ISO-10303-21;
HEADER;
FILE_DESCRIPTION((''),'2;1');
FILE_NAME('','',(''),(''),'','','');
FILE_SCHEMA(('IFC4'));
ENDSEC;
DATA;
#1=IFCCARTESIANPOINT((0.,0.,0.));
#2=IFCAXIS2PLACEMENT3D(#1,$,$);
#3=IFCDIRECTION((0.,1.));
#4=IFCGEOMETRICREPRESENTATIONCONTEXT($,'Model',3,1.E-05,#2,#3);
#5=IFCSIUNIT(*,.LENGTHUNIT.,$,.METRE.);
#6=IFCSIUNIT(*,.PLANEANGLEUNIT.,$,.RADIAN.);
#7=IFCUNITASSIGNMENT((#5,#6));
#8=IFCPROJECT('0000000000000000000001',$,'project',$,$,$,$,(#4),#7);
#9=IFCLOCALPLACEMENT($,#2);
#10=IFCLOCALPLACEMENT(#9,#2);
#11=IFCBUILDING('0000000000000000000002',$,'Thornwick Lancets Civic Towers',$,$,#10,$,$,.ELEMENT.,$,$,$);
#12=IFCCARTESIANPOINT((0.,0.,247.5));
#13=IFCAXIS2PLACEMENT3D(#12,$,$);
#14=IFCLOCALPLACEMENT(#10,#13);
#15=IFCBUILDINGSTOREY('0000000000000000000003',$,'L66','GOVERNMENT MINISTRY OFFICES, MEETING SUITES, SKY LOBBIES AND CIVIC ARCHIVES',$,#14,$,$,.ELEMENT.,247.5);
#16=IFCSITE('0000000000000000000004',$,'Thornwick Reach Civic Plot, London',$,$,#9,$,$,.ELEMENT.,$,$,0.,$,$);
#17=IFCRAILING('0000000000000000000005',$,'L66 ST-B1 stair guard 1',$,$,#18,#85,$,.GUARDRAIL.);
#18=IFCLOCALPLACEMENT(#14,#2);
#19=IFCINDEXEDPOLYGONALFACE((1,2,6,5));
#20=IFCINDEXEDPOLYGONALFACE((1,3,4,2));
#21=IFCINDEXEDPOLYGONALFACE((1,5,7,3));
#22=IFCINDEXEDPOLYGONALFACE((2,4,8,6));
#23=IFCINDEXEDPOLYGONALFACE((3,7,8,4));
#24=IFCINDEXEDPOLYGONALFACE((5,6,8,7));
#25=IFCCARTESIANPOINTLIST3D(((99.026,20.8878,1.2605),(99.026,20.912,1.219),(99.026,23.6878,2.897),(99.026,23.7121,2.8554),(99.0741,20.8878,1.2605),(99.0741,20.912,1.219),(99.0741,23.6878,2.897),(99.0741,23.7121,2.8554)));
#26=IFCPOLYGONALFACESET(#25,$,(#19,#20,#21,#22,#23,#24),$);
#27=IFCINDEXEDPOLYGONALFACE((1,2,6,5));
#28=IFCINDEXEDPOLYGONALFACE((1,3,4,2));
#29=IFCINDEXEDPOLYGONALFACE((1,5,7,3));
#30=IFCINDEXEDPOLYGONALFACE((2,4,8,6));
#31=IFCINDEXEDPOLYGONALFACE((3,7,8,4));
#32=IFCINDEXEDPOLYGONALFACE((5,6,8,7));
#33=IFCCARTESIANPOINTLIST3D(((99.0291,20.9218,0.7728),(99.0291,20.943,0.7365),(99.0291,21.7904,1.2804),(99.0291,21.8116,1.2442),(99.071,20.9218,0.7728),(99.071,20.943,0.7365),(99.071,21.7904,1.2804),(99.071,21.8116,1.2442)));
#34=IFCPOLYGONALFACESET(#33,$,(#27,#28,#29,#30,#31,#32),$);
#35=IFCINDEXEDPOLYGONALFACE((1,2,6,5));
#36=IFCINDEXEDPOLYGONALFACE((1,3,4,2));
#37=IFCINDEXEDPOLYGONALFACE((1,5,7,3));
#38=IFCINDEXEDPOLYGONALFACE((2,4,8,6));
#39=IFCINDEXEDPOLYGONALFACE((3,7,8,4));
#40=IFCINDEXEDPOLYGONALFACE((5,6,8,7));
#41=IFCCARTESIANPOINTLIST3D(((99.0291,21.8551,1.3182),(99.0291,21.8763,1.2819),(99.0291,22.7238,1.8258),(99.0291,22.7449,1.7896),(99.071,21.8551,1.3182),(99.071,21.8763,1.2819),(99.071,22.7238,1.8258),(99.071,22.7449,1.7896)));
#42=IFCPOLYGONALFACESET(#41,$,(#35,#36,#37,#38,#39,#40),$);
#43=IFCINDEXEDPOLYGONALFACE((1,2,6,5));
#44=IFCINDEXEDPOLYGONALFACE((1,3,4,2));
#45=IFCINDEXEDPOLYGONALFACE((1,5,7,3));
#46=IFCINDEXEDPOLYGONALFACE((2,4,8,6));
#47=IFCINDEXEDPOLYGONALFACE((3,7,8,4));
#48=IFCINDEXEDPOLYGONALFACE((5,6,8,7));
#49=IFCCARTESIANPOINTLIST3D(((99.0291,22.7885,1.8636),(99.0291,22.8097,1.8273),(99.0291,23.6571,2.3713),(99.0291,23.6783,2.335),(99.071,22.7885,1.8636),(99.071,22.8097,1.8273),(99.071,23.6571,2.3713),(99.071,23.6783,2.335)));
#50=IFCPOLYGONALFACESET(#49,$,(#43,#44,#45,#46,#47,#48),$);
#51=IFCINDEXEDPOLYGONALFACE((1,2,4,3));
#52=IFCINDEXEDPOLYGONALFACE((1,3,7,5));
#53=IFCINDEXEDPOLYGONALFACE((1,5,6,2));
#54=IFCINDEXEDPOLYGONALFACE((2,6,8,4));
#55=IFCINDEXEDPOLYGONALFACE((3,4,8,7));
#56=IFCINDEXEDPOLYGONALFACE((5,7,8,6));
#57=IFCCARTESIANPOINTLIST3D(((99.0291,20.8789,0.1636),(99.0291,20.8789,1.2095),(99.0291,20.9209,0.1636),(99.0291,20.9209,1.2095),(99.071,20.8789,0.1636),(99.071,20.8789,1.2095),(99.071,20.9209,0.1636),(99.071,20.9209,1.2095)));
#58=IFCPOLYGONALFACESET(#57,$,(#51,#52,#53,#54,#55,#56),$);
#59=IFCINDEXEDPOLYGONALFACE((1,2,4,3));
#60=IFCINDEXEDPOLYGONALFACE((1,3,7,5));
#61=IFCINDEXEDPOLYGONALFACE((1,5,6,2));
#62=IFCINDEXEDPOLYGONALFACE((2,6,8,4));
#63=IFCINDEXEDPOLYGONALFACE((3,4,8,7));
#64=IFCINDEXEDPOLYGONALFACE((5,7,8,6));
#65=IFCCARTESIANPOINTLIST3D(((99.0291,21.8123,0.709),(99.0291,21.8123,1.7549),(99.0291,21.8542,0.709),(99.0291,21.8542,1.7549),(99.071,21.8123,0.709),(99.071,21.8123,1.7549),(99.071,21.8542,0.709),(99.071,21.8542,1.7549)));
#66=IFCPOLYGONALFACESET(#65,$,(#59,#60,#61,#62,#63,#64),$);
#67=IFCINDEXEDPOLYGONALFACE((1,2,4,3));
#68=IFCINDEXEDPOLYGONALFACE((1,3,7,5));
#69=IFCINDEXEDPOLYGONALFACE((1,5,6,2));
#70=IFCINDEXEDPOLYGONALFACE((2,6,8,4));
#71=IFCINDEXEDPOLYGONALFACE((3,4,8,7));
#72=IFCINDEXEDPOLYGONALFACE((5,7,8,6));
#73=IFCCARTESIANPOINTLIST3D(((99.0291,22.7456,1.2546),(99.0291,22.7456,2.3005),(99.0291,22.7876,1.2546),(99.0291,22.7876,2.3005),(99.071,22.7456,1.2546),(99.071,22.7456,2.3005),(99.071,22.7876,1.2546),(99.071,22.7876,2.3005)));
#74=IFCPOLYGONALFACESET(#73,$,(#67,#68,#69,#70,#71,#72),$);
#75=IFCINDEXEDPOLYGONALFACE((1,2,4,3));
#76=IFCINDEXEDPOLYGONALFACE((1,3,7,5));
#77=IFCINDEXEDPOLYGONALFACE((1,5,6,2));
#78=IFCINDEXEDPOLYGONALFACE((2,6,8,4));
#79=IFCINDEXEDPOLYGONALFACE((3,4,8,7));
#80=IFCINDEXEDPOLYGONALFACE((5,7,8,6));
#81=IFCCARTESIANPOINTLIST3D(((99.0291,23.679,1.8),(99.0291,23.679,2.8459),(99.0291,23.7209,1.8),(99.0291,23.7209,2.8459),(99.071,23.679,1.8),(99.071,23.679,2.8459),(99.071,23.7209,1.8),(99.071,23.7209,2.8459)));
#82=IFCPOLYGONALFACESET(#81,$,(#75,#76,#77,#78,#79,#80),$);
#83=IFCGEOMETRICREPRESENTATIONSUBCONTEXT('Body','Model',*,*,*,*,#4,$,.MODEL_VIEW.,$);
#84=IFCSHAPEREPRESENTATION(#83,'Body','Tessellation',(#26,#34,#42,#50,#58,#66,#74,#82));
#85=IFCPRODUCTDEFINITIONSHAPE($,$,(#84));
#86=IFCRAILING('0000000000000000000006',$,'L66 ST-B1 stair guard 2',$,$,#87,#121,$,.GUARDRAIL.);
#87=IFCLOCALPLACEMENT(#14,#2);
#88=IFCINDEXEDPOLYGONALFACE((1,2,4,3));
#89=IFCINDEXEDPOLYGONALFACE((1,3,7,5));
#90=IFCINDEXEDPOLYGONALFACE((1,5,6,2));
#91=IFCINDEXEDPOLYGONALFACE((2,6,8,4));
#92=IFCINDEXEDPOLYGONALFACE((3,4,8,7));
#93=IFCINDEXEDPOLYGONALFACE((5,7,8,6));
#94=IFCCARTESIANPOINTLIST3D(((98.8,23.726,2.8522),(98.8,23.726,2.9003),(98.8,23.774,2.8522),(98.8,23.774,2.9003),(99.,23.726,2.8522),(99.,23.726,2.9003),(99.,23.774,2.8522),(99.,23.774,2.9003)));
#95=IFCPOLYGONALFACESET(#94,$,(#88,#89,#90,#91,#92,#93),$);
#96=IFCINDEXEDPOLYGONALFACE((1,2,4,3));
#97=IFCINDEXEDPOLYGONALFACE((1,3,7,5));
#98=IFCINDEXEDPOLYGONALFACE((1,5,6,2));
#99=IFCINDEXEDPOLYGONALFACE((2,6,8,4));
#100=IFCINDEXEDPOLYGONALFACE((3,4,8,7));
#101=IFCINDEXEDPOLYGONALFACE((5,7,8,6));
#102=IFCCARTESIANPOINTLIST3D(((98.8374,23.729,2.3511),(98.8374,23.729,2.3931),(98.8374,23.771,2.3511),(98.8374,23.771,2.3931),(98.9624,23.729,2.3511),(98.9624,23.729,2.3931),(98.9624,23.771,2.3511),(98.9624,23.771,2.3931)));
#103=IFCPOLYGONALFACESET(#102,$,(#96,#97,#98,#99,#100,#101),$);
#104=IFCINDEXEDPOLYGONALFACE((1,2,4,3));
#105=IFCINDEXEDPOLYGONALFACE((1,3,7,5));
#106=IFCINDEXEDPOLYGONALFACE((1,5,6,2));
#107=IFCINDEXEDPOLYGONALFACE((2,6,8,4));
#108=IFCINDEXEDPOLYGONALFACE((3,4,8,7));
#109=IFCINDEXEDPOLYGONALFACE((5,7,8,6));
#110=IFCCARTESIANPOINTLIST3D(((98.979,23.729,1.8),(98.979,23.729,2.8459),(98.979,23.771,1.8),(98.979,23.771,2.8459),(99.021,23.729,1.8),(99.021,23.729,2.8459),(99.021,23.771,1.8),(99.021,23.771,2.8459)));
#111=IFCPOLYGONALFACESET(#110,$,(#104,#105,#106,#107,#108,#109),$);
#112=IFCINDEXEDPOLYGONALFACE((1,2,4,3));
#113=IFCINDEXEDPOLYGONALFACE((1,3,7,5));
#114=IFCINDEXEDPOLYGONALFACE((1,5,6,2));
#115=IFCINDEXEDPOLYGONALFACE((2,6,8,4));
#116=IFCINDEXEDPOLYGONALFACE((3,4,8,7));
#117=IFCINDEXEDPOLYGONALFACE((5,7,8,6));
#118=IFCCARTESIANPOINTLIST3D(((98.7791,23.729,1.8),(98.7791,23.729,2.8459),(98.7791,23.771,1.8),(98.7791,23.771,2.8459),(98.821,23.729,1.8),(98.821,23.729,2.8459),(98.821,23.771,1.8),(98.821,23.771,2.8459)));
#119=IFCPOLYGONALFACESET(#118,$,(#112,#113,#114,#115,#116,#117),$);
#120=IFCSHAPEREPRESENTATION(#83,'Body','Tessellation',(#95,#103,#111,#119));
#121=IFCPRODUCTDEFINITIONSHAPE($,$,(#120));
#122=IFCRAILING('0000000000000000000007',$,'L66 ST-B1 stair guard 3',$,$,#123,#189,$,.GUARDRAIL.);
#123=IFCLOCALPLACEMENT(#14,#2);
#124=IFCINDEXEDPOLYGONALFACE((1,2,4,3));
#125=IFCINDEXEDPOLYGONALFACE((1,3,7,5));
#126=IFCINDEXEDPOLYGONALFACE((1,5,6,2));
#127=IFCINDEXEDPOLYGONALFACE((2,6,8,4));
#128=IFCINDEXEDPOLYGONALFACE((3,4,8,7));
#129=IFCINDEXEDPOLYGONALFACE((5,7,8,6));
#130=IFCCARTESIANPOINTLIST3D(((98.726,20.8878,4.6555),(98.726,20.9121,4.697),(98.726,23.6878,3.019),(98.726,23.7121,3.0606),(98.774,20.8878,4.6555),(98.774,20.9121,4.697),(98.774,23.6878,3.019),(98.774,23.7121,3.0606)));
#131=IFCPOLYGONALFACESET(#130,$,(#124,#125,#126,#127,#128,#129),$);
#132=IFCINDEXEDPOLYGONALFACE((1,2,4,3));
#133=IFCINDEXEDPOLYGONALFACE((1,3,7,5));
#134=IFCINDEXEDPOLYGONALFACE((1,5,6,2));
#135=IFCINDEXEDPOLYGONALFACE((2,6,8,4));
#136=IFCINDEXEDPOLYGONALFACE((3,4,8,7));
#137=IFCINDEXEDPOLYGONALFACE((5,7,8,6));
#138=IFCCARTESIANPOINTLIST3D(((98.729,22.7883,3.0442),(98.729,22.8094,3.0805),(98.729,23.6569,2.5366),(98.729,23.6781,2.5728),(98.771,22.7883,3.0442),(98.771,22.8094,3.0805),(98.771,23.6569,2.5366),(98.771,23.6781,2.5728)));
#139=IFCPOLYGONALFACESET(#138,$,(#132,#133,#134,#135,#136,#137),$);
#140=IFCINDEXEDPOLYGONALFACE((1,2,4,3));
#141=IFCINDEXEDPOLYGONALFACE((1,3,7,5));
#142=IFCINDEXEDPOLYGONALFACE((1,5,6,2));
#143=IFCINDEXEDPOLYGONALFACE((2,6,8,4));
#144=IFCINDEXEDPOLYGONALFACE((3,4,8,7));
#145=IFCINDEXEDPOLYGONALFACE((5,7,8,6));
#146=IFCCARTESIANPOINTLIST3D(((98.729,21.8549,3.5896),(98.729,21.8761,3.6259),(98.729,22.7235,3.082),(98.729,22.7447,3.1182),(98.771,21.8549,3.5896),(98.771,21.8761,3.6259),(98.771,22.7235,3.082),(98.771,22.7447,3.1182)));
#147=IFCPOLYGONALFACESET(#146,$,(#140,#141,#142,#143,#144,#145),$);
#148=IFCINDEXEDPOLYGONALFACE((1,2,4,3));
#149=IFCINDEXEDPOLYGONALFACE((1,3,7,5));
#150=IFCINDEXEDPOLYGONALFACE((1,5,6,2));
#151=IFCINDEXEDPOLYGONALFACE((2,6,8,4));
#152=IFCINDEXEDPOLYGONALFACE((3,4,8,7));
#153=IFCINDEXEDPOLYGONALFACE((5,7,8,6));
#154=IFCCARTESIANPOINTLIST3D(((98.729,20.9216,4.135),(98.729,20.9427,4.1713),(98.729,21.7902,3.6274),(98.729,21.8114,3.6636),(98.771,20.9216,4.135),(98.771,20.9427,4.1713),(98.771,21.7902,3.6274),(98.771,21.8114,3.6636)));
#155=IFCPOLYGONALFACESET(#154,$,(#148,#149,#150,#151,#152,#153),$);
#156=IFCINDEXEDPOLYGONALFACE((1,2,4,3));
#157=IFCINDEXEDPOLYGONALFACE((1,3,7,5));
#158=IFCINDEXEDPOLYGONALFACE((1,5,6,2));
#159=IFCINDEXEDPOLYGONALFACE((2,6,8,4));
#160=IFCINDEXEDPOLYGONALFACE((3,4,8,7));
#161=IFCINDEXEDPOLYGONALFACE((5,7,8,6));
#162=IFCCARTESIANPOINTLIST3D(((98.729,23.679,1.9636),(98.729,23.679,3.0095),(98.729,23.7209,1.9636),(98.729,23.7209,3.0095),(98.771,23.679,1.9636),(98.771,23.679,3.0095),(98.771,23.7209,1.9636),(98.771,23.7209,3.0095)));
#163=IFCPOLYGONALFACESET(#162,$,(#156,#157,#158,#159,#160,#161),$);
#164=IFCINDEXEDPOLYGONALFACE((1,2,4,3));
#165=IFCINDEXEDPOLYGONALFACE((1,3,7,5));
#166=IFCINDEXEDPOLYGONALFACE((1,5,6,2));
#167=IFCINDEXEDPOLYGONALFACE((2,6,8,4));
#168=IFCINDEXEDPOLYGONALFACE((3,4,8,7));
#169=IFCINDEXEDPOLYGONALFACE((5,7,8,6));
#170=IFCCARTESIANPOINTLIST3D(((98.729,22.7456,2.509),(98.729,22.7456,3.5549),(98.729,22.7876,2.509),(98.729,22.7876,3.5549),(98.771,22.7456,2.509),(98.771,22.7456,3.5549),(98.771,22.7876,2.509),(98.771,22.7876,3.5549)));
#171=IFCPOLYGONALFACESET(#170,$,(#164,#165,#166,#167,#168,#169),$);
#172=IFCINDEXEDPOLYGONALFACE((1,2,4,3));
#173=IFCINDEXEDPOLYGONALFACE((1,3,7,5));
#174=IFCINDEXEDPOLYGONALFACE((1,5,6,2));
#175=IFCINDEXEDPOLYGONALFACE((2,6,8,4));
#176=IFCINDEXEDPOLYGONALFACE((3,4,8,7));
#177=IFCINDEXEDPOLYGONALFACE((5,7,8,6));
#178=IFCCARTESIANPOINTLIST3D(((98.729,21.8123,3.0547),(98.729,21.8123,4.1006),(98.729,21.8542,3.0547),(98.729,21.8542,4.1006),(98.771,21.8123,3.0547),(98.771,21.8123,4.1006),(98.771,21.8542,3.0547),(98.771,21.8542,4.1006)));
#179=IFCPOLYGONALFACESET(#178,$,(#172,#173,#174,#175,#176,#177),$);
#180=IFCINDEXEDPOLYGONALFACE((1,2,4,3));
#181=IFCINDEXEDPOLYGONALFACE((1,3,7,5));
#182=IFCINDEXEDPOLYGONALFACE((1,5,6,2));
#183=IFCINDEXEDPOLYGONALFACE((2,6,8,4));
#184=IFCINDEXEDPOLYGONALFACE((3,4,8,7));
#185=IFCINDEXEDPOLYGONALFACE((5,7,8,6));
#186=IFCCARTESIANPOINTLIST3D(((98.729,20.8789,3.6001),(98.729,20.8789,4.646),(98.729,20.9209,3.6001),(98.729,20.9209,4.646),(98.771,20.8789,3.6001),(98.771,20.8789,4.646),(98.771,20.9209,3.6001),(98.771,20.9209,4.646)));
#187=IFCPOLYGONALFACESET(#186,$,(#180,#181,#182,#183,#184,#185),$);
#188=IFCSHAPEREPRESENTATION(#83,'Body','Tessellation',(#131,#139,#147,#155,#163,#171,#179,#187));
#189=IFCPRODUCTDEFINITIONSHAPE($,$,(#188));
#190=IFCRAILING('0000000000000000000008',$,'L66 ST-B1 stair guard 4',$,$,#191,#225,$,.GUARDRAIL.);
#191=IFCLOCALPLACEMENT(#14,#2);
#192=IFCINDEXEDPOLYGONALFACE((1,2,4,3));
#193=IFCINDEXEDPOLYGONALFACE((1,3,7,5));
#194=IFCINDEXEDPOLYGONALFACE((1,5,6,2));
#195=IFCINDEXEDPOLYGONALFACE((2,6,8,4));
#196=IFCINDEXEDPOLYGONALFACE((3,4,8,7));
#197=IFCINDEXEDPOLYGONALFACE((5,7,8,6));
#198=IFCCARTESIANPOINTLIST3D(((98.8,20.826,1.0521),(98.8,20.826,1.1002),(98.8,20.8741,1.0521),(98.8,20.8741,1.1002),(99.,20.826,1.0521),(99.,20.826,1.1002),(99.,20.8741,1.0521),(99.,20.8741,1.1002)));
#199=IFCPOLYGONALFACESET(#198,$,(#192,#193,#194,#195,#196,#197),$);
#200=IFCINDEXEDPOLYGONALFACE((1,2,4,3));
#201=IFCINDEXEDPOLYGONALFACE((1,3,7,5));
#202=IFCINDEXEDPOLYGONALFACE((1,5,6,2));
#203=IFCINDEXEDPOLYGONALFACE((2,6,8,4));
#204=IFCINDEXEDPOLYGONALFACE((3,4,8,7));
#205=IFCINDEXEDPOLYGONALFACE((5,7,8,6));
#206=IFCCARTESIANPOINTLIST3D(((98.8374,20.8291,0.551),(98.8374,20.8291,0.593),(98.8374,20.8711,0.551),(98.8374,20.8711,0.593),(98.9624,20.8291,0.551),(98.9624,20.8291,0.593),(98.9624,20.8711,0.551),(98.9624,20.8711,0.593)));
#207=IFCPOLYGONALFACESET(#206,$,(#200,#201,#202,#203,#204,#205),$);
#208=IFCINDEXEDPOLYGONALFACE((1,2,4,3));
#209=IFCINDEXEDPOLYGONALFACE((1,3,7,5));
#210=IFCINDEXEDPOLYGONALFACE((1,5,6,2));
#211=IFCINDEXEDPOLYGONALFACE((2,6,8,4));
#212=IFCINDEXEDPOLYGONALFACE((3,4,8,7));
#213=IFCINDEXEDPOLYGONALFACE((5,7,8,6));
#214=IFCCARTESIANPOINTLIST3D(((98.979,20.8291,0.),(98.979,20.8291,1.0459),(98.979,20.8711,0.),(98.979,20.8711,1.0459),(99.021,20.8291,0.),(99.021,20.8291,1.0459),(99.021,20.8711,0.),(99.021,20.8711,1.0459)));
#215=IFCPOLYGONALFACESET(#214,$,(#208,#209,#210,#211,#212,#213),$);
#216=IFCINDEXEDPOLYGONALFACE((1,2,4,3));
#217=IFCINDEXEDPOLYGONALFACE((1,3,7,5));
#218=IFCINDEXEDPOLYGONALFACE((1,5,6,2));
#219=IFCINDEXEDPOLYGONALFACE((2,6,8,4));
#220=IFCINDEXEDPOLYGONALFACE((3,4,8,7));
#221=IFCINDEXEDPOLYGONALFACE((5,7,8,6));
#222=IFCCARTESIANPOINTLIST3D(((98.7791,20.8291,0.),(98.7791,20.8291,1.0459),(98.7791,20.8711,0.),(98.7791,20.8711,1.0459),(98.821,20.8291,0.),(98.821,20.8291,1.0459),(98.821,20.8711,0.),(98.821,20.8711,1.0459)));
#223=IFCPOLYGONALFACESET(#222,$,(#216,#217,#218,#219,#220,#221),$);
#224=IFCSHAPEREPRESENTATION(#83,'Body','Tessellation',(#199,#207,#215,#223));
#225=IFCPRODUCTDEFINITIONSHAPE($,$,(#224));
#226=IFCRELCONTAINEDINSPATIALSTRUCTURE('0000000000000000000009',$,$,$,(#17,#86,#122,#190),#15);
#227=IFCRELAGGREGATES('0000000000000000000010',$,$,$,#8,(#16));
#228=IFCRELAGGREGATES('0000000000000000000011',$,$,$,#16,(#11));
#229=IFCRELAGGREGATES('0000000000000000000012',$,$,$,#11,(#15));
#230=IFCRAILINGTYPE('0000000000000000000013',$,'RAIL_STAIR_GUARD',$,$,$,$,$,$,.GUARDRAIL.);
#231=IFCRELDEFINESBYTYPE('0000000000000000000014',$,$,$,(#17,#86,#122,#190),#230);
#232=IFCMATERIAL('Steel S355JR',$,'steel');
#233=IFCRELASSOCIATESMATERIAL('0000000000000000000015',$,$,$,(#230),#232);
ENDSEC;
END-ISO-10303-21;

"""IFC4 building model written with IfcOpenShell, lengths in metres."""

from ifc_helpers import new_model, si_unit, direction, frame, origin, origin_2d, place, context, subcontext, project, spatial, rectangle, extrude, material, type_object, element, save


model = new_model("IFC4")

# Units and contexts
model_context = context("Model", 3, precision=1e-05, world=origin(), true_north=direction((0.0, 1.0)))
body_context = subcontext(model_context, "Body", "Model", "MODEL_VIEW")
ifc_project = project(units=[si_unit("LENGTHUNIT", "METRE"), si_unit("PLANEANGLEUNIT", "RADIAN")], contexts=[model_context])

# Site, building, storey
site_placement = place(None, origin())
site = spatial("IfcSite", under=ifc_project, at=site_placement, Name="Thornwick Reach Civic Plot, London", CompositionType="ELEMENT", RefElevation=0.0)
building_placement = place(site_placement, origin())
building = spatial("IfcBuilding", under=site, at=building_placement, Name="Thornwick Lancets Civic Towers", CompositionType="ELEMENT")
storey_placement = place(building_placement, frame((0.0, 0.0, 247.5)))
storey = spatial("IfcBuildingStorey", under=building, at=storey_placement, Name="L66", Description="GOVERNMENT MINISTRY OFFICES, MEETING SUITES, SKY LOBBIES AND CIVIC ARCHIVES", CompositionType="ELEMENT", Elevation=247.5)

# Railings
ifc_material_1 = material(Name="Steel S355JR", Category="steel")
railing_type_1 = type_object("IfcRailingType", Name="RAIL_STAIR_GUARD", PredefinedType="GUARDRAIL", material=ifc_material_1)
railing_1_placement = place(storey_placement, frame((99.05, 20.8999, 0.1636)))
element("IfcRailing", 1, at=railing_1_placement, inside=storey, type_object=railing_type_1, Name="L66 ST-B1 stair guard 1", PredefinedType="GUARDRAIL", context=body_context, shape_type="SweptSolid", body=[
    extrude(rectangle(XDim=0.0481, YDim=0.0481, at=origin_2d()), frame((0.0, 0.0, 1.0762), z_axis=(0.0, 0.863361, 0.504587), x_axis=(-1.0, 0.0, 0.0)), (0.0, 0.0, 1.0), 3.2432),
    extrude(rectangle(XDim=0.042, YDim=0.042, at=origin_2d()), frame((0.0, 0.0325, 0.5911), z_axis=(0.0, 0.863361, 0.504587), x_axis=(-1.0, 0.0, 0.0)), (0.0, 0.0, 1.0), 1.0061),
    extrude(rectangle(XDim=0.042, YDim=0.042, at=origin_2d()), frame((0.0, 0.9658, 1.1365), z_axis=(0.0, 0.863361, 0.504587), x_axis=(-1.0, 0.0, 0.0)), (0.0, 0.0, 1.0), 1.0061),
    extrude(rectangle(XDim=0.042, YDim=0.042, at=origin_2d()), frame((0.0, 1.8992, 1.6819), z_axis=(0.0, 0.863361, 0.504587), x_axis=(-1.0, 0.0, 0.0)), (0.0, 0.0, 1.0), 1.0061),
    extrude(rectangle(XDim=0.042, YDim=0.042, at=origin_2d()), origin(), (0.0, 0.0, 1.0), 1.0459),
    extrude(rectangle(XDim=0.042, YDim=0.042, at=origin_2d()), frame((0.0, 0.9333, 0.5454)), (0.0, 0.0, 1.0), 1.0459),
    extrude(rectangle(XDim=0.042, YDim=0.042, at=origin_2d()), frame((0.0, 1.8667, 1.0911)), (0.0, 0.0, 1.0), 1.0459),
    extrude(rectangle(XDim=0.042, YDim=0.042, at=origin_2d()), frame((0.0, 2.8, 1.6365)), (0.0, 0.0, 1.0), 1.0459),
])
railing_2_placement = place(storey_placement, frame((99.0, 23.75, 1.8)))
element("IfcRailing", 2, at=railing_2_placement, inside=storey, type_object=railing_type_1, Name="L66 ST-B1 stair guard 2", PredefinedType="GUARDRAIL", context=body_context, shape_type="SweptSolid", body=[
    extrude(rectangle(XDim=0.0481, YDim=0.0481, at=origin_2d()), frame((0.0, 0.0, 1.0762), z_axis=(-1.0, 0.0, 0.0), x_axis=(0.0, -1.0, 0.0)), (0.0, 0.0, 1.0), 0.2),
    extrude(rectangle(XDim=0.042, YDim=0.042, at=origin_2d()), frame((-0.0376, 0.0, 0.572), z_axis=(-1.0, 0.0, 0.0), x_axis=(0.0, -1.0, 0.0)), (0.0, 0.0, 1.0), 0.125),
    extrude(rectangle(XDim=0.042, YDim=0.042, at=origin_2d()), origin(), (0.0, 0.0, 1.0), 1.0459),
    extrude(rectangle(XDim=0.042, YDim=0.042, at=origin_2d()), frame((-0.2, 0.0, 0.0)), (0.0, 0.0, 1.0), 1.0459),
])
railing_3_placement = place(storey_placement, frame((98.75, 23.7, 1.9636)))
element("IfcRailing", 3, at=railing_3_placement, inside=storey, type_object=railing_type_1, Name="L66 ST-B1 stair guard 3", PredefinedType="GUARDRAIL", context=body_context, shape_type="SweptSolid", body=[
    extrude(rectangle(XDim=0.0481, YDim=0.0481, at=origin_2d()), frame((0.0, 0.0, 1.0762), z_axis=(0.0, -0.863361, 0.504587), x_axis=(1.0, 0.0, 0.0)), (0.0, 0.0, 1.0), 3.2432),
    extrude(rectangle(XDim=0.042, YDim=0.042, at=origin_2d()), frame((0.0, -0.0325, 0.5911), z_axis=(0.0, -0.863361, 0.504587), x_axis=(1.0, 0.0, 0.0)), (0.0, 0.0, 1.0), 1.0061),
    extrude(rectangle(XDim=0.042, YDim=0.042, at=origin_2d()), frame((0.0, -0.9658, 1.1365), z_axis=(0.0, -0.863361, 0.504587), x_axis=(1.0, 0.0, 0.0)), (0.0, 0.0, 1.0), 1.0061),
    extrude(rectangle(XDim=0.042, YDim=0.042, at=origin_2d()), frame((0.0, -1.8992, 1.6819), z_axis=(0.0, -0.863361, 0.504587), x_axis=(1.0, 0.0, 0.0)), (0.0, 0.0, 1.0), 1.0061),
    extrude(rectangle(XDim=0.042, YDim=0.042, at=origin_2d()), origin(), (0.0, 0.0, 1.0), 1.0459),
    extrude(rectangle(XDim=0.042, YDim=0.042, at=origin_2d()), frame((0.0, -0.9333, 0.5454)), (0.0, 0.0, 1.0), 1.0459),
    extrude(rectangle(XDim=0.042, YDim=0.042, at=origin_2d()), frame((0.0, -1.8667, 1.0911)), (0.0, 0.0, 1.0), 1.0459),
    extrude(rectangle(XDim=0.042, YDim=0.042, at=origin_2d()), frame((0.0, -2.8, 1.6365)), (0.0, 0.0, 1.0), 1.0459),
])
railing_4_placement = place(storey_placement, frame((99.0, 20.8501, 0.0)))
element("IfcRailing", 4, at=railing_4_placement, inside=storey, type_object=railing_type_1, Name="L66 ST-B1 stair guard 4", PredefinedType="GUARDRAIL", context=body_context, shape_type="SweptSolid", body=[
    extrude(rectangle(XDim=0.0481, YDim=0.0481, at=origin_2d()), frame((0.0, 0.0, 1.0762), z_axis=(-1.0, 0.0, 0.0), x_axis=(0.0, -1.0, 0.0)), (0.0, 0.0, 1.0), 0.2),
    extrude(rectangle(XDim=0.042, YDim=0.042, at=origin_2d()), frame((-0.0376, 0.0, 0.572), z_axis=(-1.0, 0.0, 0.0), x_axis=(0.0, -1.0, 0.0)), (0.0, 0.0, 1.0), 0.125),
    extrude(rectangle(XDim=0.042, YDim=0.042, at=origin_2d()), origin(), (0.0, 0.0, 1.0), 1.0459),
    extrude(rectangle(XDim=0.042, YDim=0.042, at=origin_2d()), frame((-0.2, 0.0, 0.0)), (0.0, 0.0, 1.0), 1.0459),
])

save(model, "model.ifc")
